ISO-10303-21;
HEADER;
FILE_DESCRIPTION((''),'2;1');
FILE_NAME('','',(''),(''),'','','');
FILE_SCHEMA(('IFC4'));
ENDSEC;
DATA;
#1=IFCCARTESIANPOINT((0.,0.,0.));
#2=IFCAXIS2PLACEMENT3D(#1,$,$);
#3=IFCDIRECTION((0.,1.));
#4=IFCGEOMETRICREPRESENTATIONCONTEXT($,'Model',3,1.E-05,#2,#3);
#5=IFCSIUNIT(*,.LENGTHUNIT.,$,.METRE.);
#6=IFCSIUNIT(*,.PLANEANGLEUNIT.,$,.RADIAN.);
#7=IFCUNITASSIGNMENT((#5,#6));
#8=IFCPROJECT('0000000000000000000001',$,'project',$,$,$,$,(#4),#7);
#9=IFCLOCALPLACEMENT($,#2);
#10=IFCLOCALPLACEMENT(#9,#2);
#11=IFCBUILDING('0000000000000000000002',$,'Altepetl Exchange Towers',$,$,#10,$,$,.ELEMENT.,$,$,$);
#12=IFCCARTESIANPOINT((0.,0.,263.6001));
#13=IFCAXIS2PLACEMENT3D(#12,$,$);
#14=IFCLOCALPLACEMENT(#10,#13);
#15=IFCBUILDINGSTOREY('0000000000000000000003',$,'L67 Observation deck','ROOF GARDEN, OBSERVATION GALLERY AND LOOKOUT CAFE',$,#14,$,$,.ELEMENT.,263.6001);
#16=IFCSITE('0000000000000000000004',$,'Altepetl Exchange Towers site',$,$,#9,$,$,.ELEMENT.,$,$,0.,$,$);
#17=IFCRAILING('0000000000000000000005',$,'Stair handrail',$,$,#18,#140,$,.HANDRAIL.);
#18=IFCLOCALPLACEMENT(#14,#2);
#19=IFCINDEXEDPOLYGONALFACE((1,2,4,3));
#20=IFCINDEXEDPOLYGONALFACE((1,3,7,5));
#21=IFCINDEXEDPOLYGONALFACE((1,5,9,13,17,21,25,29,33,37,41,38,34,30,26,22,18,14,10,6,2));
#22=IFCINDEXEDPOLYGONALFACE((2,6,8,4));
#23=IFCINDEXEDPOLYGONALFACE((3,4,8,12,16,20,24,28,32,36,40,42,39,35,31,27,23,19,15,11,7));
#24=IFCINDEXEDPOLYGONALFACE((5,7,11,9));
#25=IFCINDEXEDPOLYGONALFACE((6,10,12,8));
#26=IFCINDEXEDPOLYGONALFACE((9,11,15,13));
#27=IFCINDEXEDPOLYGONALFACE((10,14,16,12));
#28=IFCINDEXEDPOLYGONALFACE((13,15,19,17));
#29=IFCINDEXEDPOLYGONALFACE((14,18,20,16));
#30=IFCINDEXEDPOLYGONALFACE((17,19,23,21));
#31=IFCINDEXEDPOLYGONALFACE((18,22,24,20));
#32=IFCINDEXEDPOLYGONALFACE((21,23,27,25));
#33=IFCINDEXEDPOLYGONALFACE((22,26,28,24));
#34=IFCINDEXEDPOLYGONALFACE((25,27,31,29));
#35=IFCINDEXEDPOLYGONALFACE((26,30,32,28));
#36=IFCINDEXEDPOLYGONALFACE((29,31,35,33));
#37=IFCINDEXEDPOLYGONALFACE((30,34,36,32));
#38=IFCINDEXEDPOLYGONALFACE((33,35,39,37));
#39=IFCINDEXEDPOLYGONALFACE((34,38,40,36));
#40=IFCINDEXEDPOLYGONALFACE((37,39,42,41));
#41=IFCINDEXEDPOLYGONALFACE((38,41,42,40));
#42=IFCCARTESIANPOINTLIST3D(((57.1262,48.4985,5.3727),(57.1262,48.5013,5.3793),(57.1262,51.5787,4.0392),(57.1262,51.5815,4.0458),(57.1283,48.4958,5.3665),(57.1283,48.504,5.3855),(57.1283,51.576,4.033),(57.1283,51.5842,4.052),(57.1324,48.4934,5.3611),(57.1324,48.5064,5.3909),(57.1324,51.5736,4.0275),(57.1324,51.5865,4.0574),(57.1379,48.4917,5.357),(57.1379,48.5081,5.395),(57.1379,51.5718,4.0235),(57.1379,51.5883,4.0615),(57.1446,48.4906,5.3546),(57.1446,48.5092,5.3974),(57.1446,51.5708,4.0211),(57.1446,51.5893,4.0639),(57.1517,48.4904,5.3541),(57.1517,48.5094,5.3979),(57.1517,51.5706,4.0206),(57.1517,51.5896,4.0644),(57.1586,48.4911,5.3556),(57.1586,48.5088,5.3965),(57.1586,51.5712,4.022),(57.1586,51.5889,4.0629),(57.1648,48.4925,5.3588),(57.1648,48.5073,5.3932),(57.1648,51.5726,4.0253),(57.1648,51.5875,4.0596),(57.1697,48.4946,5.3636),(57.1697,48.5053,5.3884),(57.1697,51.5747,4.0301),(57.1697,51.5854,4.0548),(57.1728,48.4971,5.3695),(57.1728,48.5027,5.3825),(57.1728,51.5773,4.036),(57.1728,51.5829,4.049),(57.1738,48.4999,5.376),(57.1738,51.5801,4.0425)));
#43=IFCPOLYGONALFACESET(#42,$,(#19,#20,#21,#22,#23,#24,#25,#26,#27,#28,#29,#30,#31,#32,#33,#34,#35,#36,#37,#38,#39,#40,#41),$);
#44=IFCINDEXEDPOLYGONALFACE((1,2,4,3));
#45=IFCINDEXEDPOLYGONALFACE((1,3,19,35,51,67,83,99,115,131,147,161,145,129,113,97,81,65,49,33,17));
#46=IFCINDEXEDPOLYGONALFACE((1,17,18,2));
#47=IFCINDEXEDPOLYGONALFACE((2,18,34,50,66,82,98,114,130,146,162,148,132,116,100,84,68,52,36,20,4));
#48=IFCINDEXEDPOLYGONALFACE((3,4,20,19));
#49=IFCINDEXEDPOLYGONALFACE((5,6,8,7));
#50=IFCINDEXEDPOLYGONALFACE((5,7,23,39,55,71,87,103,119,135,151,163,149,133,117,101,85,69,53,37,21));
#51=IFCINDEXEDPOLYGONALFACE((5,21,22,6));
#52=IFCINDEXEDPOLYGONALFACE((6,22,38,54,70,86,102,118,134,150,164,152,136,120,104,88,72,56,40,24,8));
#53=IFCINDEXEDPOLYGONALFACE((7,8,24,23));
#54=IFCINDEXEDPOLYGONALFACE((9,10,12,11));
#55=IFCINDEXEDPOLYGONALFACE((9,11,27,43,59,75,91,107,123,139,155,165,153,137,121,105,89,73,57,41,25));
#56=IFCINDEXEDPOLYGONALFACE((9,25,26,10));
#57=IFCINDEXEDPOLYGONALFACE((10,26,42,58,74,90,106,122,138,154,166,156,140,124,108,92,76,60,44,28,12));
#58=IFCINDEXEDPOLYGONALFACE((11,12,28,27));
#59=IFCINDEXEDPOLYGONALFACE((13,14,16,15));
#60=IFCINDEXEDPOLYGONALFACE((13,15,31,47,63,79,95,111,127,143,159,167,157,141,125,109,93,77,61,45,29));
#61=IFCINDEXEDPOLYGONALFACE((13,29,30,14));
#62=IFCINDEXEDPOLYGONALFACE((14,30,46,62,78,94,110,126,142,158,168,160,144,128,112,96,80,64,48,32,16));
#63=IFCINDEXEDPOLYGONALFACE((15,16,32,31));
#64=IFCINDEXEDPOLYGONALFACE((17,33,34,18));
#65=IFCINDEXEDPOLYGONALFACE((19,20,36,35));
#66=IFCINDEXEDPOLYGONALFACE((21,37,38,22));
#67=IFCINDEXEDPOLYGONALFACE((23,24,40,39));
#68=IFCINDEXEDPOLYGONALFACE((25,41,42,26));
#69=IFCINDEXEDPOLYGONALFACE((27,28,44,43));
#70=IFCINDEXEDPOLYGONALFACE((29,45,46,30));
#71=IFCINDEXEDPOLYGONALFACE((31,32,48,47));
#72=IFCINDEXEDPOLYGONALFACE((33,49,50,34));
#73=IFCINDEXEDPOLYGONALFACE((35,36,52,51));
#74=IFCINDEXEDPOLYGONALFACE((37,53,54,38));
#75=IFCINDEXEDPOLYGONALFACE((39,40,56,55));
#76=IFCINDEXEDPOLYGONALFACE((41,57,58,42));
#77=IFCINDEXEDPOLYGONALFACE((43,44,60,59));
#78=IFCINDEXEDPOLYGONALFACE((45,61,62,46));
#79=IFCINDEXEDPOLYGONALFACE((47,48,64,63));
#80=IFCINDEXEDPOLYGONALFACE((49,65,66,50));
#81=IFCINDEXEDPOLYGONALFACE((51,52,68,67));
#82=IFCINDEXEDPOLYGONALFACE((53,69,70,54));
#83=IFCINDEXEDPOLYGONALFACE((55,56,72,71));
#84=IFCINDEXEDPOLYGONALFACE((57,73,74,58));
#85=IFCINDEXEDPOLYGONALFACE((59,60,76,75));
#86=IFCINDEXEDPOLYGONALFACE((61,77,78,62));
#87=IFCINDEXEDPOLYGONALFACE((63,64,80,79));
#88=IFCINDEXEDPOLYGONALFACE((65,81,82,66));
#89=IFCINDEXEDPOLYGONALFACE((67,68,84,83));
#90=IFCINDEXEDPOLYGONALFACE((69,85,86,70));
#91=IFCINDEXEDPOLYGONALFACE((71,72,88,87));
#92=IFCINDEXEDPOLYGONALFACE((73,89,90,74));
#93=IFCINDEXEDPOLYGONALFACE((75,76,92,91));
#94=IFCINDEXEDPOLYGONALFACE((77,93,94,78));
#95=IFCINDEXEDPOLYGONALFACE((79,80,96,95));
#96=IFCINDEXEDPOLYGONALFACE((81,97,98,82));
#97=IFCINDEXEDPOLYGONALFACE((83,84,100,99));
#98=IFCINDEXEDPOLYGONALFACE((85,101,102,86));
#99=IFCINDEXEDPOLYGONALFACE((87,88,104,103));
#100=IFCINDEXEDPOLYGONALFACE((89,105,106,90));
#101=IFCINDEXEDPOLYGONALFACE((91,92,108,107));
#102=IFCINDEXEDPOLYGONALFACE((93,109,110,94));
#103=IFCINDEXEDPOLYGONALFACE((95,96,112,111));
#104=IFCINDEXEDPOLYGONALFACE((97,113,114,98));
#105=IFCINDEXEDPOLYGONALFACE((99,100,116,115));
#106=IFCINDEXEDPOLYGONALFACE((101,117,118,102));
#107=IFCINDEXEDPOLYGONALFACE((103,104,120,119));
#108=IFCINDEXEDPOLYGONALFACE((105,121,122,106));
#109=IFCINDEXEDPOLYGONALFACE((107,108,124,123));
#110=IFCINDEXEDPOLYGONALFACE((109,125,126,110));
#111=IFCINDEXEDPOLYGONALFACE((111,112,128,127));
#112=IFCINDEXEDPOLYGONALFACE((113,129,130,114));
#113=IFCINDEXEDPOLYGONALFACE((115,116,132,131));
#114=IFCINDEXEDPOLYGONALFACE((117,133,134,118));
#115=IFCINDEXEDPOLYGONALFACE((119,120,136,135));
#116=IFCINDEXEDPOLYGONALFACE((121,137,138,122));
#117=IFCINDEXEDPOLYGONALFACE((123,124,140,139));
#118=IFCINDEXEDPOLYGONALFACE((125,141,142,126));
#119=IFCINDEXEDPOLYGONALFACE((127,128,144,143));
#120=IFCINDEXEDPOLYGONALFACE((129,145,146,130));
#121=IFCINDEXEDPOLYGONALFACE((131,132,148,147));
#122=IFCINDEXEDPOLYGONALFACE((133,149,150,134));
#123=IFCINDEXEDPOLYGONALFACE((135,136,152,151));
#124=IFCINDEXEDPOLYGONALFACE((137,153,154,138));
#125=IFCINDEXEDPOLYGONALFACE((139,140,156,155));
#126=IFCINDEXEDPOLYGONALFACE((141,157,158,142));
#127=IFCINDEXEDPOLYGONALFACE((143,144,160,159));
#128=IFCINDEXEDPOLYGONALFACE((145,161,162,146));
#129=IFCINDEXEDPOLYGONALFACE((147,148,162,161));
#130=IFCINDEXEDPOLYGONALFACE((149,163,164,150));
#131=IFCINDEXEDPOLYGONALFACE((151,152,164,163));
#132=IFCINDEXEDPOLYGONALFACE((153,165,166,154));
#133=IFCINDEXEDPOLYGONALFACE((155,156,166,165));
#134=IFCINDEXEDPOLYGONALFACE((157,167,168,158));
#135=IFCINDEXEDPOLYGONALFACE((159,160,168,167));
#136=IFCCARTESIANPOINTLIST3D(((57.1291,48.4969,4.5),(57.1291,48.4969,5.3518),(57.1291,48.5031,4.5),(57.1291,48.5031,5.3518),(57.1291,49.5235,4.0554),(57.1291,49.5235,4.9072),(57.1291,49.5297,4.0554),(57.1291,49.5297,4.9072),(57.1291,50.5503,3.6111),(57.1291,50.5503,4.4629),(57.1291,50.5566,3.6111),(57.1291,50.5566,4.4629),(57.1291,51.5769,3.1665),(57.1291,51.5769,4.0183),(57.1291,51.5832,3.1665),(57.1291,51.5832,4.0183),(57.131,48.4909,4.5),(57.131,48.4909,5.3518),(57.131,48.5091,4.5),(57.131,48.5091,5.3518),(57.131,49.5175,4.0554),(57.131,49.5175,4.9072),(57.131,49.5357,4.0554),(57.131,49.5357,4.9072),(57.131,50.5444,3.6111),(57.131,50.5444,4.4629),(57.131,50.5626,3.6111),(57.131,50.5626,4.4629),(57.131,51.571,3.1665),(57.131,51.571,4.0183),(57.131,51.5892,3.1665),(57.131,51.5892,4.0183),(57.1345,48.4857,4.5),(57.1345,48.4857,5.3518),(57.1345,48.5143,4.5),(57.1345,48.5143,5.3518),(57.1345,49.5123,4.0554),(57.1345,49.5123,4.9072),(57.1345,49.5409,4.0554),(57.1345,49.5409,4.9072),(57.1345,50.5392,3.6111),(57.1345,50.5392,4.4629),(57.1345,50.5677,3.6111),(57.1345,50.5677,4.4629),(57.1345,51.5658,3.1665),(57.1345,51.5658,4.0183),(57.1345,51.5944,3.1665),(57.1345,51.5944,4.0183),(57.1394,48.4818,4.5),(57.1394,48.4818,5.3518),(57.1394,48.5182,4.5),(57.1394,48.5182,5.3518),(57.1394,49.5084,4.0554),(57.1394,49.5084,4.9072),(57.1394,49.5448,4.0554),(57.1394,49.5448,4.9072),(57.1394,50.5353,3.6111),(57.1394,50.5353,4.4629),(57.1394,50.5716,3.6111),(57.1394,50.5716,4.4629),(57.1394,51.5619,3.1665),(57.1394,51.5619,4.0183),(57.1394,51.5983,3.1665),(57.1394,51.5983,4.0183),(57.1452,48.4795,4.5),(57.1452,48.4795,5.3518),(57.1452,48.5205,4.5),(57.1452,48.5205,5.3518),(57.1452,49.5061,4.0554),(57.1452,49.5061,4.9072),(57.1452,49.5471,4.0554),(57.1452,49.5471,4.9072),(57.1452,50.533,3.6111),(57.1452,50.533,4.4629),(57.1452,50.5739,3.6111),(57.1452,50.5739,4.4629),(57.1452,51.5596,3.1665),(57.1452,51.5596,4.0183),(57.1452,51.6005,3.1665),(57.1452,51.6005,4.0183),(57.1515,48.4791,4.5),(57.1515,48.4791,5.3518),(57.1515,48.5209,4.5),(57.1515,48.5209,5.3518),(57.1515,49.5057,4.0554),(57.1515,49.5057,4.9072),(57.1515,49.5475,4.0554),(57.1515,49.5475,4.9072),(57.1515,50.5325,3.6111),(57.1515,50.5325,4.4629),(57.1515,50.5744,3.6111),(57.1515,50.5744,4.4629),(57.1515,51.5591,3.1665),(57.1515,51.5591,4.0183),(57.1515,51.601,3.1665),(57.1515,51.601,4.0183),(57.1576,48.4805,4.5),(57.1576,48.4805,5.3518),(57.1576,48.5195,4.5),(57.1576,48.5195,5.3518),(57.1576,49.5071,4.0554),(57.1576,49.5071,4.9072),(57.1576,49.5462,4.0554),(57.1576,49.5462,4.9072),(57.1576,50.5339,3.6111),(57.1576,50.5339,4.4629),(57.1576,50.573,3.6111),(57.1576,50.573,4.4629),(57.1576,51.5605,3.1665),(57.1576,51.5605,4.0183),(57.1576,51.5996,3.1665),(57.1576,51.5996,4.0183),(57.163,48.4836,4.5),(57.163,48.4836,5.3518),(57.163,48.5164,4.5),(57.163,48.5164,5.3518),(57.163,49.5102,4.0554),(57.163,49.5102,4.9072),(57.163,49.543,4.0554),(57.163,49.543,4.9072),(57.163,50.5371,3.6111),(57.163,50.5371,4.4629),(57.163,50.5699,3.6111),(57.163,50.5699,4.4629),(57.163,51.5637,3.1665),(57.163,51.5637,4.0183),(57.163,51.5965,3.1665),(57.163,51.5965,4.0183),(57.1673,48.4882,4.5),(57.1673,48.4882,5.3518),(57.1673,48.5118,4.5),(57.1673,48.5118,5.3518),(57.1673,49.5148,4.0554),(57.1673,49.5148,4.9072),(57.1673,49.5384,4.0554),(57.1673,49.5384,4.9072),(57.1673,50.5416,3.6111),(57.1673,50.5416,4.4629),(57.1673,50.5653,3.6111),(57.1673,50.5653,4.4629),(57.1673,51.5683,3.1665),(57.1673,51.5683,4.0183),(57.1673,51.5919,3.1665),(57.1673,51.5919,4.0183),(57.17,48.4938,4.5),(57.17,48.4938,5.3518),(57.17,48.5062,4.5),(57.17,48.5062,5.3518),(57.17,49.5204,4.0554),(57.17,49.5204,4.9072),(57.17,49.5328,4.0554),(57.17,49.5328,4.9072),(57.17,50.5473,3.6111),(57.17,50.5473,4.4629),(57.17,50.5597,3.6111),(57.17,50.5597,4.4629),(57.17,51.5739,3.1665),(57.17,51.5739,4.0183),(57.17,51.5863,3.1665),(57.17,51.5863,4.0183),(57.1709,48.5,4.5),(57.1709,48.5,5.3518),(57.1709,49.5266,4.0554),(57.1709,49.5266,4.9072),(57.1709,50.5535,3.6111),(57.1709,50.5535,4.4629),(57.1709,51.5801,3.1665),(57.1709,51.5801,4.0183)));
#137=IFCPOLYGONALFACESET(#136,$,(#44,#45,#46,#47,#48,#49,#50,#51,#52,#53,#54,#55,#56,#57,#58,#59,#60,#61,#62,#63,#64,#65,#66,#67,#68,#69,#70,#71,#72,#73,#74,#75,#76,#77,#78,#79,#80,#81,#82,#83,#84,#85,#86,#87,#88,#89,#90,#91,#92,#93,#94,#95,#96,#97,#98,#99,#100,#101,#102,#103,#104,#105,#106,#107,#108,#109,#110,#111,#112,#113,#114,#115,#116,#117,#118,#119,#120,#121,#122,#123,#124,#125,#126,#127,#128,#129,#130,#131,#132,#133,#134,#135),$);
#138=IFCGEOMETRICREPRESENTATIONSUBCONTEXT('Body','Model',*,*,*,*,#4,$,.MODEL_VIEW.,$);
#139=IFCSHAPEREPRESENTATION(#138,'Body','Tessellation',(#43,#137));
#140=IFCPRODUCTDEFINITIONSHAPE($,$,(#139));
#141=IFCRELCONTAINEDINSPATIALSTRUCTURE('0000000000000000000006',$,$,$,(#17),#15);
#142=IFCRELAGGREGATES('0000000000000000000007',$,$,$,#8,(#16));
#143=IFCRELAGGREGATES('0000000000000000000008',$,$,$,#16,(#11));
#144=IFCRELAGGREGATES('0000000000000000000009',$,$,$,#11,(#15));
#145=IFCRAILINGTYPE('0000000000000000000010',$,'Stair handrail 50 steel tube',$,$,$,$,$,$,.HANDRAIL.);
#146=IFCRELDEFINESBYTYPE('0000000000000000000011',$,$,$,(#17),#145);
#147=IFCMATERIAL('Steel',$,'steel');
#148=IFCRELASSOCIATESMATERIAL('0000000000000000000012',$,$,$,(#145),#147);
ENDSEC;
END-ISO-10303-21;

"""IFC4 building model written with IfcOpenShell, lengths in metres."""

from ifc_helpers import new_model, si_unit, direction, frame, origin, origin_2d, place, context, subcontext, project, spatial, circle, extrude, source, transform, mapped, material, type_object, element, save


model = new_model("IFC4")

# Units and contexts
model_context = context("Model", 3, precision=1e-05, world=origin(), true_north=direction((0.0, 1.0)))
body_context = subcontext(model_context, "Body", "Model", "MODEL_VIEW")
ifc_project = project(units=[si_unit("LENGTHUNIT", "METRE"), si_unit("PLANEANGLEUNIT", "RADIAN")], contexts=[model_context])

# Site, building, storey
site_placement = place(None, origin())
site = spatial("IfcSite", under=ifc_project, at=site_placement, Name="Altepetl Exchange Towers site", CompositionType="ELEMENT", RefElevation=0.0)
building_placement = place(site_placement, origin())
building = spatial("IfcBuilding", under=site, at=building_placement, Name="Altepetl Exchange Towers", CompositionType="ELEMENT")
storey_placement = place(building_placement, frame((0.0, 0.0, 263.6001)))
storey = spatial("IfcBuildingStorey", under=building, at=storey_placement, Name="L67 Observation deck", Description="ROOF GARDEN, OBSERVATION GALLERY AND LOOKOUT CAFE", CompositionType="ELEMENT", Elevation=263.6001)

# Railing
ifc_material_1 = material(Name="Steel", Category="steel")
railing_type = type_object("IfcRailingType", Name="Stair handrail 50 steel tube", PredefinedType="HANDRAIL", material=ifc_material_1)
shared_shape = source(origin(), body_context, "Body", "SweptSolid", [
    extrude(circle(Radius=0.021, at=origin_2d()), origin(), (0.0, 0.0, 1.0), 0.8518),
])
for number, where, name in (
    (1, (57.1499, 51.5801, 3.1665), "Stair handrail"),
):
    element("IfcRailing", number, at=place(storey_placement, frame(where)), inside=storey, type_object=railing_type, Name=name, PredefinedType="HANDRAIL", context=body_context, shape_type="SweptSolid", body=[
        extrude(circle(Radius=0.0239, at=origin_2d()), frame((0.0, 0.0, 0.876), z_axis=(0.0, -0.917686, 0.397305), x_axis=(1.0, 0.0, 0.0)), (0.0, 0.0, 1.0), 3.3564),
        mapped(shared_shape, transform((0.0, 0.0, 0.0))),
        mapped(shared_shape, transform((0.0, -1.0266, 0.4446))),
        mapped(shared_shape, transform((0.0, -2.0535, 0.8889))),
        mapped(shared_shape, transform((0.0, -3.0801, 1.3335))),
    ])

save(model, "model.ifc")
